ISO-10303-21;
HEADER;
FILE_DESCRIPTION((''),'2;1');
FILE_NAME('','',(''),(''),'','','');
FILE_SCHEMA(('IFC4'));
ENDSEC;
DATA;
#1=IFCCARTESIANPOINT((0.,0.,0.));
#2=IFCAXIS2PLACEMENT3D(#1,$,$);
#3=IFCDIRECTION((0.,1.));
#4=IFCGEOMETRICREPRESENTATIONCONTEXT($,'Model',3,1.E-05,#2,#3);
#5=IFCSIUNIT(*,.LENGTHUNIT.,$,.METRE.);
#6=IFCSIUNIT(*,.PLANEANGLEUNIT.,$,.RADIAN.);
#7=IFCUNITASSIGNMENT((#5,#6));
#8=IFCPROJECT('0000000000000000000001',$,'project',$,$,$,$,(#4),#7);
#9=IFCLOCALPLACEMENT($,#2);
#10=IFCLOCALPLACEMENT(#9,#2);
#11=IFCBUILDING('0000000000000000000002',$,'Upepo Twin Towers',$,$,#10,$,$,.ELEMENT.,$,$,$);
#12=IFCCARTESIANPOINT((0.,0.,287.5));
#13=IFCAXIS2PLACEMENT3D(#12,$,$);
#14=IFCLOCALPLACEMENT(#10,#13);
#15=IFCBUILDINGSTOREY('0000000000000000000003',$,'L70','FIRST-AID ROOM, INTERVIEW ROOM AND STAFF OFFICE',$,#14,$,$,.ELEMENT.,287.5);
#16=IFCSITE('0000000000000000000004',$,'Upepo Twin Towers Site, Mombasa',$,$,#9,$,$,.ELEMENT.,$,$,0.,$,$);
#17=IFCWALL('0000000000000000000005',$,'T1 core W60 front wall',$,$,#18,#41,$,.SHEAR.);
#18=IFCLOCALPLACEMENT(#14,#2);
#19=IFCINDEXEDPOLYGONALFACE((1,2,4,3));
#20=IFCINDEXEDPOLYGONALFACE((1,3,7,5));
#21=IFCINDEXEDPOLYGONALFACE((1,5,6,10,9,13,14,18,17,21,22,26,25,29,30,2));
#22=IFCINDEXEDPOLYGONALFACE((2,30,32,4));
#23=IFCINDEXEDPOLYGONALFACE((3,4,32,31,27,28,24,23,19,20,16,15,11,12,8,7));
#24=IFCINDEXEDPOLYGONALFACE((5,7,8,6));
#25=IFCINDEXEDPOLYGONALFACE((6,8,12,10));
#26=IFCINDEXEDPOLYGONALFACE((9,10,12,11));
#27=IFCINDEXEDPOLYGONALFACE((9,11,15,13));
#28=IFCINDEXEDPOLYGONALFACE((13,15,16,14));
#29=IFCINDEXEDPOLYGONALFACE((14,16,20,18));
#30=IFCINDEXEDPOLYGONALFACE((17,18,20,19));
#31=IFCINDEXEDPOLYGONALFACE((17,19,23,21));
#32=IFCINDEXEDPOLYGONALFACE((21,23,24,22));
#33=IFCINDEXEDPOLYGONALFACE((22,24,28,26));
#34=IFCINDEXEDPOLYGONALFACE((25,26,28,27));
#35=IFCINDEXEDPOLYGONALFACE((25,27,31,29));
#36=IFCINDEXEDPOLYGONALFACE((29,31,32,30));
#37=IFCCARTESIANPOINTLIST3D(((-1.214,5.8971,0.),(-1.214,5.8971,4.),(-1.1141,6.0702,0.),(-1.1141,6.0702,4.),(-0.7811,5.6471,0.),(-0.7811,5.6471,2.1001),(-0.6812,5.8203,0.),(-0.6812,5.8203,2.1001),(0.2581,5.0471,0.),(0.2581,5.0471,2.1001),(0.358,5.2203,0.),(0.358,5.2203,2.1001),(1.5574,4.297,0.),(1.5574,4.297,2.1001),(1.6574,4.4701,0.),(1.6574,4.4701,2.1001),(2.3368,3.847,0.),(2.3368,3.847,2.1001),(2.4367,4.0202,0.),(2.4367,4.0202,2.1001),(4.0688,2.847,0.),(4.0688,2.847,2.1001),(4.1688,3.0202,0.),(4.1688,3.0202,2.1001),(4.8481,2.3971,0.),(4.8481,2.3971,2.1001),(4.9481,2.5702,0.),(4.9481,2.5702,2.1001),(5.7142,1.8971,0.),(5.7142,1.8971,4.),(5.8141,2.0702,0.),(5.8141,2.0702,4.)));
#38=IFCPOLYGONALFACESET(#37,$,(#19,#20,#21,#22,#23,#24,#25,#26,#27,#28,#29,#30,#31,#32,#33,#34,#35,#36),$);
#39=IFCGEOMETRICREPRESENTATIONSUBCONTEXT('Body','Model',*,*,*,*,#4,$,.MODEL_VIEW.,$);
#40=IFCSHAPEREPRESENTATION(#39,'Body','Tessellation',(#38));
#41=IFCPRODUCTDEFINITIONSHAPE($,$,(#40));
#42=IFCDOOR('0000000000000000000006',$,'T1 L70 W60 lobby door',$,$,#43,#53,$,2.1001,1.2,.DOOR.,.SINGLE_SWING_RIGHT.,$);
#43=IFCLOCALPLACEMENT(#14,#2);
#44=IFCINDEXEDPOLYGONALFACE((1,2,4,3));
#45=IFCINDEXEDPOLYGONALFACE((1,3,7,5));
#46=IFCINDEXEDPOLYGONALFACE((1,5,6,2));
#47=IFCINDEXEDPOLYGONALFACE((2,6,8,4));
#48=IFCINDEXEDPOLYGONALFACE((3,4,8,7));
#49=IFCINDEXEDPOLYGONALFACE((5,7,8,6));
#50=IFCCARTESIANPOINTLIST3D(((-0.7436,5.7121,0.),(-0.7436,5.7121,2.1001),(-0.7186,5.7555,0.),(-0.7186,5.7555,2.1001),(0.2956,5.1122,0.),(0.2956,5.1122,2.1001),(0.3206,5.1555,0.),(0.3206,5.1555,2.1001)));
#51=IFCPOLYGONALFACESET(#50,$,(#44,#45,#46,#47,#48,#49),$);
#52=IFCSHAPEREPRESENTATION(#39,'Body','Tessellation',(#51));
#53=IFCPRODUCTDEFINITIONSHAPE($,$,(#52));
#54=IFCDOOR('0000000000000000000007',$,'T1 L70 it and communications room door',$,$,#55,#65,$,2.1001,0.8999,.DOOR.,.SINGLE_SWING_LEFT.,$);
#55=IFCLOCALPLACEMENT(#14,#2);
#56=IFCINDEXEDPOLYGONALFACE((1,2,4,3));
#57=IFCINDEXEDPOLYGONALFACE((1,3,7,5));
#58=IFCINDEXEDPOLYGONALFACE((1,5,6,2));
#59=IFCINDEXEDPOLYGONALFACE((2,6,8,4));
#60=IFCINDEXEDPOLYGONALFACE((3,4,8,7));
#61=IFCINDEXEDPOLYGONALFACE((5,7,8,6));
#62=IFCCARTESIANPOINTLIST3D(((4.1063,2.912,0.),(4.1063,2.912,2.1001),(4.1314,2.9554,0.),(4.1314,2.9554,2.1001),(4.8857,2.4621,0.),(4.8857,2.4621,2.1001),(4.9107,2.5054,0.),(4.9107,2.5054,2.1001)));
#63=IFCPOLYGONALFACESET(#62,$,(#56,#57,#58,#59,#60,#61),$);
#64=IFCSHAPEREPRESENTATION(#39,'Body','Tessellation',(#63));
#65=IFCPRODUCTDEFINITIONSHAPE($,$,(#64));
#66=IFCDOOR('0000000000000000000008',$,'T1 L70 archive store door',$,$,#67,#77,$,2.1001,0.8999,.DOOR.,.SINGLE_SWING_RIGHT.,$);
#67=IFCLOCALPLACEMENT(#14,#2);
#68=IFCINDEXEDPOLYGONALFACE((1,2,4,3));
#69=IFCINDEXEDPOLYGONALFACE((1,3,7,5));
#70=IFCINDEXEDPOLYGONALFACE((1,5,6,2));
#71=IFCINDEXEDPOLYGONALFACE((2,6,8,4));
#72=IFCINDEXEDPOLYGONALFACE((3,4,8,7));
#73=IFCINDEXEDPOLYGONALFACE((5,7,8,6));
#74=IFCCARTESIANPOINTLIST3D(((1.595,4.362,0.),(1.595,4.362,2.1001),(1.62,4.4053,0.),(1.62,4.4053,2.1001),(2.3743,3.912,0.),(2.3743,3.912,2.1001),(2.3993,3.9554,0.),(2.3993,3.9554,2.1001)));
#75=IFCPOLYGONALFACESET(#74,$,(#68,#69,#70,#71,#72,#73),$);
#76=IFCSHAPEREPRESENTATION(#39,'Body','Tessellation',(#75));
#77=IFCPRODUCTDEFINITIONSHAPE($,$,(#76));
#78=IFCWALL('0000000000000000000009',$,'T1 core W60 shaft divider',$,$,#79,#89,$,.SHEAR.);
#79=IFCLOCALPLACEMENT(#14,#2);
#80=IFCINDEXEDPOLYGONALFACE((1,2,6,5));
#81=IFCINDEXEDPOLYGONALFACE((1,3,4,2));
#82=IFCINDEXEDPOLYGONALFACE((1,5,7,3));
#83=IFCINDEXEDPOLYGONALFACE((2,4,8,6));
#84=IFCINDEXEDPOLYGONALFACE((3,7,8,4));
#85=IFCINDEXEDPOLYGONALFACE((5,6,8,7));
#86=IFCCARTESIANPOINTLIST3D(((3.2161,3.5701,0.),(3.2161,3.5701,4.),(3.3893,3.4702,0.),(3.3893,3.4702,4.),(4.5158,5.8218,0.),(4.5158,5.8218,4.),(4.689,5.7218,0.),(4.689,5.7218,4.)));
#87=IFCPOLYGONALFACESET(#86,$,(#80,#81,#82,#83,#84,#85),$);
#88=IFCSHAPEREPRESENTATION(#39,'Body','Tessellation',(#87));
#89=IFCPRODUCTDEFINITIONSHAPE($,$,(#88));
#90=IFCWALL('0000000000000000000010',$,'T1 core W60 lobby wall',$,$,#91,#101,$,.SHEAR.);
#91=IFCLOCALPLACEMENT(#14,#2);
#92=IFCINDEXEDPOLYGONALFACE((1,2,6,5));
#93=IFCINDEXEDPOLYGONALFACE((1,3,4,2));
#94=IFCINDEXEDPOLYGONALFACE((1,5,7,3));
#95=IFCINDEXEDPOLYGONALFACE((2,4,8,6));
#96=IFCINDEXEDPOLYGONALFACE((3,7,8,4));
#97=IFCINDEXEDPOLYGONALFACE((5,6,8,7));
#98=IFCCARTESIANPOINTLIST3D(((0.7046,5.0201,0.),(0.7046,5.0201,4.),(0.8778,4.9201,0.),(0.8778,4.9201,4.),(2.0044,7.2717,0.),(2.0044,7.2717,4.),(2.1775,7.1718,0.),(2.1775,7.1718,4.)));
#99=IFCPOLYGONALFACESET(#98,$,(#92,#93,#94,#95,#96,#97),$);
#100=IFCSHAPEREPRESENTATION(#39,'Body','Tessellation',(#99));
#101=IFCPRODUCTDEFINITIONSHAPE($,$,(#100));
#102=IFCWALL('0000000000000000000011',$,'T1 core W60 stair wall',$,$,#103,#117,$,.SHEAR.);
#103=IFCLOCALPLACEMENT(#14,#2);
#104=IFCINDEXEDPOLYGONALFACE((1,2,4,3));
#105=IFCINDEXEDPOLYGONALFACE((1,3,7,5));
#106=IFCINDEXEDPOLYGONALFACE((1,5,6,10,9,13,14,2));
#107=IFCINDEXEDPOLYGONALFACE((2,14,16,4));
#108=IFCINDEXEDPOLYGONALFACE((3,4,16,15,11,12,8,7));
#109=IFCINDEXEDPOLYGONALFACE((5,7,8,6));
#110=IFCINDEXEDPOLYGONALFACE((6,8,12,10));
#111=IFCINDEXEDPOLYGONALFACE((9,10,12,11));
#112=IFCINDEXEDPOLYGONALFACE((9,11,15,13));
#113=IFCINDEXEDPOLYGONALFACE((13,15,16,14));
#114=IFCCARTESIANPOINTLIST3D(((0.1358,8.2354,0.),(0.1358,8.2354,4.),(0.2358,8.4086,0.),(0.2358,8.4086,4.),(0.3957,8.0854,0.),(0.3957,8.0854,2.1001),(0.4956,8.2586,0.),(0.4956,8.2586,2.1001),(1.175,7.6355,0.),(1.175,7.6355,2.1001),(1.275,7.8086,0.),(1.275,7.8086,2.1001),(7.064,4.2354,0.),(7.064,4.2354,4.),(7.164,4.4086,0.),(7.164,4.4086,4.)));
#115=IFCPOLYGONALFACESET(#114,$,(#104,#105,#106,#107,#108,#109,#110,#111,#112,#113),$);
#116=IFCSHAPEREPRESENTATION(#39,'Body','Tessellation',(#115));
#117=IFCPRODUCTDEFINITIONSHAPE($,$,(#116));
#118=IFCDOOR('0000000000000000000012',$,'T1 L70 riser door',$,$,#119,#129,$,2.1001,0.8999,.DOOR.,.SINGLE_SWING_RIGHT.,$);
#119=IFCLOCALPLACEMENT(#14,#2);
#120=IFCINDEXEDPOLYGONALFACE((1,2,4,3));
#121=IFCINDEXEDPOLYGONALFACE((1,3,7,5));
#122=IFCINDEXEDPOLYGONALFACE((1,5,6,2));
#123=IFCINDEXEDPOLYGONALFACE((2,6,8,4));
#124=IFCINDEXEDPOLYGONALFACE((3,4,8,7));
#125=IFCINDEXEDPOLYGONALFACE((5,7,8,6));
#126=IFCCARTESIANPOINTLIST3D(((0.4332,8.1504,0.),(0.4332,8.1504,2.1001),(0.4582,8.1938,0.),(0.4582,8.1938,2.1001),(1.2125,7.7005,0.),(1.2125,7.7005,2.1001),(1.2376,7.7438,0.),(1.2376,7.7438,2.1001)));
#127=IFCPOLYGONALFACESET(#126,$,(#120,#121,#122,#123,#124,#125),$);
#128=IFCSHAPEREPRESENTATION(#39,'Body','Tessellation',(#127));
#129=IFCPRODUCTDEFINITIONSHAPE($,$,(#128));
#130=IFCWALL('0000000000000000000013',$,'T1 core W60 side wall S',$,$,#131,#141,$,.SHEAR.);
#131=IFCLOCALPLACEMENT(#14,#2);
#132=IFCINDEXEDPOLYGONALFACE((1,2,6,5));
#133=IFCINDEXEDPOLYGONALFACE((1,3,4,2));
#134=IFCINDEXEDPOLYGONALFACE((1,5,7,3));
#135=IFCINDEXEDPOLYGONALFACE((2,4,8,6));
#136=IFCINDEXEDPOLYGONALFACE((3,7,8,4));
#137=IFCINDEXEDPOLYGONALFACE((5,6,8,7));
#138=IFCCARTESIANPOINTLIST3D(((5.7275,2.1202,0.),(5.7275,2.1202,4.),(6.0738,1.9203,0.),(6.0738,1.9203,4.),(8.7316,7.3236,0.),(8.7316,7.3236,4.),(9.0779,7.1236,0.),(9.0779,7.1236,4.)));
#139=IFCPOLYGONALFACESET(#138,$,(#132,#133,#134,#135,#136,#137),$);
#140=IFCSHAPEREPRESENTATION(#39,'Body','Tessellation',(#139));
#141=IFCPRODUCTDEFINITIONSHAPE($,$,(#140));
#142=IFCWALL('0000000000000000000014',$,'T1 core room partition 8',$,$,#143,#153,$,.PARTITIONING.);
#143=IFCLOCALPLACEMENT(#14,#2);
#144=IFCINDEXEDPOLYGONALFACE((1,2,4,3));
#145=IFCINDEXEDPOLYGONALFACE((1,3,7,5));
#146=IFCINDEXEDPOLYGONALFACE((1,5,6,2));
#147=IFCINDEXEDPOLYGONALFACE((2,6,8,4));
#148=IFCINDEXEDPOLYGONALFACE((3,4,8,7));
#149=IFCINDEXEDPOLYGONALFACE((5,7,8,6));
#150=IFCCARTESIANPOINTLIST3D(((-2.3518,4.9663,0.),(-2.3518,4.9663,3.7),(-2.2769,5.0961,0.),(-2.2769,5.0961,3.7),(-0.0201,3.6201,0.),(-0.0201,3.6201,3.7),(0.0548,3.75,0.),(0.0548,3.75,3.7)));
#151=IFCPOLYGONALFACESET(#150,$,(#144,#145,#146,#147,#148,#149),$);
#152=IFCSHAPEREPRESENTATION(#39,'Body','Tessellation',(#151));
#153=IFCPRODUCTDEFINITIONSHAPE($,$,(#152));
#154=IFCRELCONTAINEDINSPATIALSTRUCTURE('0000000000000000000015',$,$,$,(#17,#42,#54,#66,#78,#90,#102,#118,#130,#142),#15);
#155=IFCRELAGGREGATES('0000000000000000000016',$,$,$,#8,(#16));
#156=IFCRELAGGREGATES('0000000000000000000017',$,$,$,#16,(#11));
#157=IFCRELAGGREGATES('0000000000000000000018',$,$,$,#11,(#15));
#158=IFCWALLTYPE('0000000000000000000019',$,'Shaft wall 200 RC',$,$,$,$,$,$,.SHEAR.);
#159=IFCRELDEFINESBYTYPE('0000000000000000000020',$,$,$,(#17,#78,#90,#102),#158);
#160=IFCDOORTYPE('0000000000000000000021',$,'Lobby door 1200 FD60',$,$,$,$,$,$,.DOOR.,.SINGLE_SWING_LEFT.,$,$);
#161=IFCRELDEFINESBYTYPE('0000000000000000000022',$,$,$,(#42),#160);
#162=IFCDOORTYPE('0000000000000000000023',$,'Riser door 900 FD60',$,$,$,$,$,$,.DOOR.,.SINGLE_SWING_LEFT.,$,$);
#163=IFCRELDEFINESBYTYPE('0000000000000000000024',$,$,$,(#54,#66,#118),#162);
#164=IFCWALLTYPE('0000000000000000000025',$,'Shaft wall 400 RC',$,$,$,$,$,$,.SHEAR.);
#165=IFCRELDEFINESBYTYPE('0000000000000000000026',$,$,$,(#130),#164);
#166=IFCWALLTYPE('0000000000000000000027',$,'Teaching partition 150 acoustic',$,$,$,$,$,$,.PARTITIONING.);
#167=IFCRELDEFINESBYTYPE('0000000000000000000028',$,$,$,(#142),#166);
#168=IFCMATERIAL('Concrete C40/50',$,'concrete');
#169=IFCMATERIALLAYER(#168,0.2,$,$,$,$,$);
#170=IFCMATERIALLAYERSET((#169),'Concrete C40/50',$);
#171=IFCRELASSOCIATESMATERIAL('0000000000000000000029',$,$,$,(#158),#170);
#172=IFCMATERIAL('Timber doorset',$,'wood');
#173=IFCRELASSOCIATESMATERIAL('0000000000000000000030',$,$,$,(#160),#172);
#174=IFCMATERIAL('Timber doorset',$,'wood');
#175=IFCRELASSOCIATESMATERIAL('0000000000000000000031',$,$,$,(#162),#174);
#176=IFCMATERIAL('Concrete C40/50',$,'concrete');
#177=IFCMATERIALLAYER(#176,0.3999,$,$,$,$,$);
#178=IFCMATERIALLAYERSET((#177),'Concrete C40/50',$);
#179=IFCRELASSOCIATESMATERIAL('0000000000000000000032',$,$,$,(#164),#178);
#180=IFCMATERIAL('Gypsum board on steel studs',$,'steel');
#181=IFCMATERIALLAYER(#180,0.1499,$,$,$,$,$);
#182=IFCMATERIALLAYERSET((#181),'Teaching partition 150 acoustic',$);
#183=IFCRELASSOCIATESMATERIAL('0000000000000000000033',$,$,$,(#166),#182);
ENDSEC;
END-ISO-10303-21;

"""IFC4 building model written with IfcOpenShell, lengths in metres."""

from ifc_helpers import new_model, si_unit, direction, frame, frame_2d, origin, place, context, subcontext, project, spatial, rectangle, extrude, material, layer, layer_set, type_object, element, fill, save


model = new_model("IFC4")

# Units and contexts
model_context = context("Model", 3, precision=1e-05, world=origin(), true_north=direction((0.0, 1.0)))
body_context = subcontext(model_context, "Body", "Model", "MODEL_VIEW")
ifc_project = project(units=[si_unit("LENGTHUNIT", "METRE"), si_unit("PLANEANGLEUNIT", "RADIAN")], contexts=[model_context])

# Site, building, storey
site_placement = place(None, origin())
site = spatial("IfcSite", under=ifc_project, at=site_placement, Name="Upepo Twin Towers Site, Mombasa", CompositionType="ELEMENT", RefElevation=0.0)
building_placement = place(site_placement, origin())
building = spatial("IfcBuilding", under=site, at=building_placement, Name="Upepo Twin Towers", CompositionType="ELEMENT")
storey_placement = place(building_placement, frame((0.0, 0.0, 287.5)))
storey = spatial("IfcBuildingStorey", under=building, at=storey_placement, Name="L70", Description="FIRST-AID ROOM, INTERVIEW ROOM AND STAFF OFFICE", CompositionType="ELEMENT", Elevation=287.5)

# Wall, openings, doors
ifc_material_1 = material(Name="Concrete C40/50", Category="concrete")
ifc_layer_1 = layer(ifc_material_1, 0.2)
ifc_layer_set_1 = layer_set([ifc_layer_1], Name="Concrete C40/50")
wall_type_1 = type_object("IfcWallType", Name="Shaft wall 200 RC", PredefinedType="SHEAR", material=ifc_layer_set_1)
wall_1_placement = place(storey_placement, frame((5.7642, 1.9836, 0.0), z_axis=(0.0, 0.0, 1.0), x_axis=(-0.866026, 0.499999, 0.0)))
wall_1 = element("IfcWall", 1, at=wall_1_placement, inside=storey, type_object=wall_type_1, Name="T1 core W60 front wall", PredefinedType="SHEAR", context=body_context, shape_type="SweptSolid", body=[
    extrude(rectangle(XDim=8.0, YDim=0.2, at=frame_2d((4.0, 0.0))), origin(), (0.0, 0.0, 1.0), 4.0),
])
opening_1_placement = place(wall_1_placement, frame((6.3, 0.0, 0.0)))
opening_1 = element("IfcOpeningElement", 2, at=opening_1_placement, cuts=wall_1, PredefinedType="OPENING", context=body_context, shape_type="SweptSolid", body=[
    extrude(rectangle(XDim=1.2, YDim=2.1001, at=frame_2d((0.6001, 1.05))), frame((0.0, 0.1099, 0.0), z_axis=(0.0, -1.0, 0.0), x_axis=(1.0, 0.0, 0.0)), (0.0, 0.0, 1.0), 0.22),
])
opening_2_placement = place(wall_1_placement, frame((1.0, 0.0, 0.0)))
opening_2 = element("IfcOpeningElement", 3, at=opening_2_placement, cuts=wall_1, PredefinedType="OPENING", context=body_context, shape_type="SweptSolid", body=[
    extrude(rectangle(XDim=0.8999, YDim=2.1001, at=frame_2d((0.45, 1.05))), frame((0.0, 0.1099, 0.0), z_axis=(0.0, -1.0, 0.0), x_axis=(1.0, 0.0, 0.0)), (0.0, 0.0, 1.0), 0.22),
])
opening_3_placement = place(wall_1_placement, frame((3.8999, 0.0, 0.0)))
opening_3 = element("IfcOpeningElement", 4, at=opening_3_placement, cuts=wall_1, PredefinedType="OPENING", context=body_context, shape_type="SweptSolid", body=[
    extrude(rectangle(XDim=0.8999, YDim=2.1001, at=frame_2d((0.45, 1.05))), frame((0.0, 0.1099, 0.0), z_axis=(0.0, -1.0, 0.0), x_axis=(1.0, 0.0, 0.0)), (0.0, 0.0, 1.0), 0.22),
])
ifc_material_2 = material(Name="Timber doorset", Category="wood")
door_type_1 = type_object("IfcDoorType", Name="Lobby door 1200 FD60", OperationType="SINGLE_SWING_LEFT", PredefinedType="DOOR", material=ifc_material_2)
door_1_placement = place(opening_1_placement, origin())
door_1 = element("IfcDoor", 5, at=door_1_placement, inside=storey, type_object=door_type_1, Name="T1 L70 W60 lobby door", OperationType="SINGLE_SWING_RIGHT", OverallHeight=2.1001, OverallWidth=1.2, PredefinedType="DOOR", context=body_context, shape_type="SweptSolid", body=[
    extrude(rectangle(XDim=1.2, YDim=2.1001, at=frame_2d((0.6001, 1.05))), frame((0.0, 0.0249, 0.0), z_axis=(0.0, -1.0, 0.0), x_axis=(1.0, 0.0, 0.0)), (0.0, 0.0, 1.0), 0.05),
])
fill(opening_1, door_1)
ifc_material_3 = material(Name="Timber doorset", Category="wood")
door_type_2 = type_object("IfcDoorType", Name="Riser door 900 FD60", OperationType="SINGLE_SWING_LEFT", PredefinedType="DOOR", material=ifc_material_3)
door_2_placement = place(opening_2_placement, origin())
door_2 = element("IfcDoor", 6, at=door_2_placement, inside=storey, type_object=door_type_2, Name="T1 L70 it and communications room door", OperationType="SINGLE_SWING_LEFT", OverallHeight=2.1001, OverallWidth=0.8999, PredefinedType="DOOR", context=body_context, shape_type="SweptSolid", body=[
    extrude(rectangle(XDim=0.8999, YDim=2.1001, at=frame_2d((0.45, 1.05))), frame((0.0, 0.0249, 0.0), z_axis=(0.0, -1.0, 0.0), x_axis=(1.0, 0.0, 0.0)), (0.0, 0.0, 1.0), 0.05),
])
fill(opening_2, door_2)
door_3_placement = place(opening_3_placement, origin())
door_3 = element("IfcDoor", 7, at=door_3_placement, inside=storey, type_object=door_type_2, Name="T1 L70 archive store door", OperationType="SINGLE_SWING_RIGHT", OverallHeight=2.1001, OverallWidth=0.8999, PredefinedType="DOOR", context=body_context, shape_type="SweptSolid", body=[
    extrude(rectangle(XDim=0.8999, YDim=2.1001, at=frame_2d((0.45, 1.05))), frame((0.0, 0.0249, 0.0), z_axis=(0.0, -1.0, 0.0), x_axis=(1.0, 0.0, 0.0)), (0.0, 0.0, 1.0), 0.05),
])
fill(opening_3, door_3)

# Walls
for number, where, z_axis, x_axis, name in (
    (8, (3.3027, 3.5203, 0.0), (0.0, 0.0, 1.0), (0.499937, 0.866062, 0.0), "T1 core W60 shaft divider"),
    (9, (0.7913, 4.9702, 0.0), (0.0, 0.0, 1.0), (0.499937, 0.866062, 0.0), "T1 core W60 lobby wall"),
):
    element("IfcWall", number, at=place(storey_placement, frame(where, z_axis=z_axis, x_axis=x_axis)), inside=storey, type_object=wall_type_1, Name=name, PredefinedType="SHEAR", context=body_context, shape_type="SweptSolid", body=[
        extrude(rectangle(XDim=2.5999, YDim=0.2, at=frame_2d((1.2998, 0.0))), origin(), (0.0, 0.0, 1.0), 4.0),
    ])

# Wall, opening, door
wall_2_placement = place(storey_placement, frame((7.114, 4.322, 0.0), z_axis=(0.0, 0.0, 1.0), x_axis=(-0.866026, 0.499999, 0.0)))
wall_2 = element("IfcWall", 10, at=wall_2_placement, inside=storey, type_object=wall_type_1, Name="T1 core W60 stair wall", PredefinedType="SHEAR", context=body_context, shape_type="SweptSolid", body=[
    extrude(rectangle(XDim=8.0, YDim=0.2, at=frame_2d((4.0, 0.0))), origin(), (0.0, 0.0, 1.0), 4.0),
])
opening_4_placement = place(wall_2_placement, frame((6.8, 0.0, 0.0)))
opening_4 = element("IfcOpeningElement", 11, at=opening_4_placement, cuts=wall_2, PredefinedType="OPENING", context=body_context, shape_type="SweptSolid", body=[
    extrude(rectangle(XDim=0.8999, YDim=2.1001, at=frame_2d((0.45, 1.05))), frame((0.0, 0.1099, 0.0), z_axis=(0.0, -1.0, 0.0), x_axis=(1.0, 0.0, 0.0)), (0.0, 0.0, 1.0), 0.22),
])
door_4_placement = place(opening_4_placement, origin())
door_4 = element("IfcDoor", 12, at=door_4_placement, inside=storey, type_object=door_type_2, Name="T1 L70 riser door", OperationType="SINGLE_SWING_RIGHT", OverallHeight=2.1001, OverallWidth=0.8999, PredefinedType="DOOR", context=body_context, shape_type="SweptSolid", body=[
    extrude(rectangle(XDim=0.8999, YDim=2.1001, at=frame_2d((0.45, 1.05))), frame((0.0, 0.0249, 0.0), z_axis=(0.0, -1.0, 0.0), x_axis=(1.0, 0.0, 0.0)), (0.0, 0.0, 1.0), 0.05),
])
fill(opening_4, door_4)

# Walls
ifc_material_4 = material(Name="Concrete C40/50", Category="concrete")
ifc_layer_2 = layer(ifc_material_4, 0.3999)
ifc_layer_set_2 = layer_set([ifc_layer_2], Name="Concrete C40/50")
wall_type_2 = type_object("IfcWallType", Name="Shaft wall 400 RC", PredefinedType="SHEAR", material=ifc_layer_set_2)
wall_3_placement = place(storey_placement, frame((5.9006, 2.0203, 0.0), z_axis=(0.0, 0.0, 1.0), x_axis=(0.499998, 0.866027, 0.0)))
element("IfcWall", 13, at=wall_3_placement, inside=storey, type_object=wall_type_2, Name="T1 core W60 side wall S", PredefinedType="SHEAR", context=body_context, shape_type="SweptSolid", body=[
    extrude(rectangle(XDim=6.0083, YDim=0.3999, at=frame_2d((3.0042, 0.0))), origin(), (0.0, 0.0, 1.0), 4.0),
])
ifc_material_5 = material(Name="Gypsum board on steel studs", Category="steel")
ifc_layer_3 = layer(ifc_material_5, 0.1499)
ifc_layer_set_3 = layer_set([ifc_layer_3], Name="Teaching partition 150 acoustic")
wall_type_3 = type_object("IfcWallType", Name="Teaching partition 150 acoustic", PredefinedType="PARTITIONING", material=ifc_layer_set_3)
wall_4_placement = place(storey_placement, frame((0.0173, 3.6851, 0.0), z_axis=(0.0, 0.0, 1.0), x_axis=(-0.866036, 0.499981, 0.0)))
element("IfcWall", 14, at=wall_4_placement, inside=storey, type_object=wall_type_3, Name="T1 core room partition 8", PredefinedType="PARTITIONING", context=body_context, shape_type="SweptSolid", body=[
    extrude(rectangle(XDim=2.6924, YDim=0.1499, at=frame_2d((1.3462, 0.0))), origin(), (0.0, 0.0, 1.0), 3.7),
])

save(model, "model.ifc")
